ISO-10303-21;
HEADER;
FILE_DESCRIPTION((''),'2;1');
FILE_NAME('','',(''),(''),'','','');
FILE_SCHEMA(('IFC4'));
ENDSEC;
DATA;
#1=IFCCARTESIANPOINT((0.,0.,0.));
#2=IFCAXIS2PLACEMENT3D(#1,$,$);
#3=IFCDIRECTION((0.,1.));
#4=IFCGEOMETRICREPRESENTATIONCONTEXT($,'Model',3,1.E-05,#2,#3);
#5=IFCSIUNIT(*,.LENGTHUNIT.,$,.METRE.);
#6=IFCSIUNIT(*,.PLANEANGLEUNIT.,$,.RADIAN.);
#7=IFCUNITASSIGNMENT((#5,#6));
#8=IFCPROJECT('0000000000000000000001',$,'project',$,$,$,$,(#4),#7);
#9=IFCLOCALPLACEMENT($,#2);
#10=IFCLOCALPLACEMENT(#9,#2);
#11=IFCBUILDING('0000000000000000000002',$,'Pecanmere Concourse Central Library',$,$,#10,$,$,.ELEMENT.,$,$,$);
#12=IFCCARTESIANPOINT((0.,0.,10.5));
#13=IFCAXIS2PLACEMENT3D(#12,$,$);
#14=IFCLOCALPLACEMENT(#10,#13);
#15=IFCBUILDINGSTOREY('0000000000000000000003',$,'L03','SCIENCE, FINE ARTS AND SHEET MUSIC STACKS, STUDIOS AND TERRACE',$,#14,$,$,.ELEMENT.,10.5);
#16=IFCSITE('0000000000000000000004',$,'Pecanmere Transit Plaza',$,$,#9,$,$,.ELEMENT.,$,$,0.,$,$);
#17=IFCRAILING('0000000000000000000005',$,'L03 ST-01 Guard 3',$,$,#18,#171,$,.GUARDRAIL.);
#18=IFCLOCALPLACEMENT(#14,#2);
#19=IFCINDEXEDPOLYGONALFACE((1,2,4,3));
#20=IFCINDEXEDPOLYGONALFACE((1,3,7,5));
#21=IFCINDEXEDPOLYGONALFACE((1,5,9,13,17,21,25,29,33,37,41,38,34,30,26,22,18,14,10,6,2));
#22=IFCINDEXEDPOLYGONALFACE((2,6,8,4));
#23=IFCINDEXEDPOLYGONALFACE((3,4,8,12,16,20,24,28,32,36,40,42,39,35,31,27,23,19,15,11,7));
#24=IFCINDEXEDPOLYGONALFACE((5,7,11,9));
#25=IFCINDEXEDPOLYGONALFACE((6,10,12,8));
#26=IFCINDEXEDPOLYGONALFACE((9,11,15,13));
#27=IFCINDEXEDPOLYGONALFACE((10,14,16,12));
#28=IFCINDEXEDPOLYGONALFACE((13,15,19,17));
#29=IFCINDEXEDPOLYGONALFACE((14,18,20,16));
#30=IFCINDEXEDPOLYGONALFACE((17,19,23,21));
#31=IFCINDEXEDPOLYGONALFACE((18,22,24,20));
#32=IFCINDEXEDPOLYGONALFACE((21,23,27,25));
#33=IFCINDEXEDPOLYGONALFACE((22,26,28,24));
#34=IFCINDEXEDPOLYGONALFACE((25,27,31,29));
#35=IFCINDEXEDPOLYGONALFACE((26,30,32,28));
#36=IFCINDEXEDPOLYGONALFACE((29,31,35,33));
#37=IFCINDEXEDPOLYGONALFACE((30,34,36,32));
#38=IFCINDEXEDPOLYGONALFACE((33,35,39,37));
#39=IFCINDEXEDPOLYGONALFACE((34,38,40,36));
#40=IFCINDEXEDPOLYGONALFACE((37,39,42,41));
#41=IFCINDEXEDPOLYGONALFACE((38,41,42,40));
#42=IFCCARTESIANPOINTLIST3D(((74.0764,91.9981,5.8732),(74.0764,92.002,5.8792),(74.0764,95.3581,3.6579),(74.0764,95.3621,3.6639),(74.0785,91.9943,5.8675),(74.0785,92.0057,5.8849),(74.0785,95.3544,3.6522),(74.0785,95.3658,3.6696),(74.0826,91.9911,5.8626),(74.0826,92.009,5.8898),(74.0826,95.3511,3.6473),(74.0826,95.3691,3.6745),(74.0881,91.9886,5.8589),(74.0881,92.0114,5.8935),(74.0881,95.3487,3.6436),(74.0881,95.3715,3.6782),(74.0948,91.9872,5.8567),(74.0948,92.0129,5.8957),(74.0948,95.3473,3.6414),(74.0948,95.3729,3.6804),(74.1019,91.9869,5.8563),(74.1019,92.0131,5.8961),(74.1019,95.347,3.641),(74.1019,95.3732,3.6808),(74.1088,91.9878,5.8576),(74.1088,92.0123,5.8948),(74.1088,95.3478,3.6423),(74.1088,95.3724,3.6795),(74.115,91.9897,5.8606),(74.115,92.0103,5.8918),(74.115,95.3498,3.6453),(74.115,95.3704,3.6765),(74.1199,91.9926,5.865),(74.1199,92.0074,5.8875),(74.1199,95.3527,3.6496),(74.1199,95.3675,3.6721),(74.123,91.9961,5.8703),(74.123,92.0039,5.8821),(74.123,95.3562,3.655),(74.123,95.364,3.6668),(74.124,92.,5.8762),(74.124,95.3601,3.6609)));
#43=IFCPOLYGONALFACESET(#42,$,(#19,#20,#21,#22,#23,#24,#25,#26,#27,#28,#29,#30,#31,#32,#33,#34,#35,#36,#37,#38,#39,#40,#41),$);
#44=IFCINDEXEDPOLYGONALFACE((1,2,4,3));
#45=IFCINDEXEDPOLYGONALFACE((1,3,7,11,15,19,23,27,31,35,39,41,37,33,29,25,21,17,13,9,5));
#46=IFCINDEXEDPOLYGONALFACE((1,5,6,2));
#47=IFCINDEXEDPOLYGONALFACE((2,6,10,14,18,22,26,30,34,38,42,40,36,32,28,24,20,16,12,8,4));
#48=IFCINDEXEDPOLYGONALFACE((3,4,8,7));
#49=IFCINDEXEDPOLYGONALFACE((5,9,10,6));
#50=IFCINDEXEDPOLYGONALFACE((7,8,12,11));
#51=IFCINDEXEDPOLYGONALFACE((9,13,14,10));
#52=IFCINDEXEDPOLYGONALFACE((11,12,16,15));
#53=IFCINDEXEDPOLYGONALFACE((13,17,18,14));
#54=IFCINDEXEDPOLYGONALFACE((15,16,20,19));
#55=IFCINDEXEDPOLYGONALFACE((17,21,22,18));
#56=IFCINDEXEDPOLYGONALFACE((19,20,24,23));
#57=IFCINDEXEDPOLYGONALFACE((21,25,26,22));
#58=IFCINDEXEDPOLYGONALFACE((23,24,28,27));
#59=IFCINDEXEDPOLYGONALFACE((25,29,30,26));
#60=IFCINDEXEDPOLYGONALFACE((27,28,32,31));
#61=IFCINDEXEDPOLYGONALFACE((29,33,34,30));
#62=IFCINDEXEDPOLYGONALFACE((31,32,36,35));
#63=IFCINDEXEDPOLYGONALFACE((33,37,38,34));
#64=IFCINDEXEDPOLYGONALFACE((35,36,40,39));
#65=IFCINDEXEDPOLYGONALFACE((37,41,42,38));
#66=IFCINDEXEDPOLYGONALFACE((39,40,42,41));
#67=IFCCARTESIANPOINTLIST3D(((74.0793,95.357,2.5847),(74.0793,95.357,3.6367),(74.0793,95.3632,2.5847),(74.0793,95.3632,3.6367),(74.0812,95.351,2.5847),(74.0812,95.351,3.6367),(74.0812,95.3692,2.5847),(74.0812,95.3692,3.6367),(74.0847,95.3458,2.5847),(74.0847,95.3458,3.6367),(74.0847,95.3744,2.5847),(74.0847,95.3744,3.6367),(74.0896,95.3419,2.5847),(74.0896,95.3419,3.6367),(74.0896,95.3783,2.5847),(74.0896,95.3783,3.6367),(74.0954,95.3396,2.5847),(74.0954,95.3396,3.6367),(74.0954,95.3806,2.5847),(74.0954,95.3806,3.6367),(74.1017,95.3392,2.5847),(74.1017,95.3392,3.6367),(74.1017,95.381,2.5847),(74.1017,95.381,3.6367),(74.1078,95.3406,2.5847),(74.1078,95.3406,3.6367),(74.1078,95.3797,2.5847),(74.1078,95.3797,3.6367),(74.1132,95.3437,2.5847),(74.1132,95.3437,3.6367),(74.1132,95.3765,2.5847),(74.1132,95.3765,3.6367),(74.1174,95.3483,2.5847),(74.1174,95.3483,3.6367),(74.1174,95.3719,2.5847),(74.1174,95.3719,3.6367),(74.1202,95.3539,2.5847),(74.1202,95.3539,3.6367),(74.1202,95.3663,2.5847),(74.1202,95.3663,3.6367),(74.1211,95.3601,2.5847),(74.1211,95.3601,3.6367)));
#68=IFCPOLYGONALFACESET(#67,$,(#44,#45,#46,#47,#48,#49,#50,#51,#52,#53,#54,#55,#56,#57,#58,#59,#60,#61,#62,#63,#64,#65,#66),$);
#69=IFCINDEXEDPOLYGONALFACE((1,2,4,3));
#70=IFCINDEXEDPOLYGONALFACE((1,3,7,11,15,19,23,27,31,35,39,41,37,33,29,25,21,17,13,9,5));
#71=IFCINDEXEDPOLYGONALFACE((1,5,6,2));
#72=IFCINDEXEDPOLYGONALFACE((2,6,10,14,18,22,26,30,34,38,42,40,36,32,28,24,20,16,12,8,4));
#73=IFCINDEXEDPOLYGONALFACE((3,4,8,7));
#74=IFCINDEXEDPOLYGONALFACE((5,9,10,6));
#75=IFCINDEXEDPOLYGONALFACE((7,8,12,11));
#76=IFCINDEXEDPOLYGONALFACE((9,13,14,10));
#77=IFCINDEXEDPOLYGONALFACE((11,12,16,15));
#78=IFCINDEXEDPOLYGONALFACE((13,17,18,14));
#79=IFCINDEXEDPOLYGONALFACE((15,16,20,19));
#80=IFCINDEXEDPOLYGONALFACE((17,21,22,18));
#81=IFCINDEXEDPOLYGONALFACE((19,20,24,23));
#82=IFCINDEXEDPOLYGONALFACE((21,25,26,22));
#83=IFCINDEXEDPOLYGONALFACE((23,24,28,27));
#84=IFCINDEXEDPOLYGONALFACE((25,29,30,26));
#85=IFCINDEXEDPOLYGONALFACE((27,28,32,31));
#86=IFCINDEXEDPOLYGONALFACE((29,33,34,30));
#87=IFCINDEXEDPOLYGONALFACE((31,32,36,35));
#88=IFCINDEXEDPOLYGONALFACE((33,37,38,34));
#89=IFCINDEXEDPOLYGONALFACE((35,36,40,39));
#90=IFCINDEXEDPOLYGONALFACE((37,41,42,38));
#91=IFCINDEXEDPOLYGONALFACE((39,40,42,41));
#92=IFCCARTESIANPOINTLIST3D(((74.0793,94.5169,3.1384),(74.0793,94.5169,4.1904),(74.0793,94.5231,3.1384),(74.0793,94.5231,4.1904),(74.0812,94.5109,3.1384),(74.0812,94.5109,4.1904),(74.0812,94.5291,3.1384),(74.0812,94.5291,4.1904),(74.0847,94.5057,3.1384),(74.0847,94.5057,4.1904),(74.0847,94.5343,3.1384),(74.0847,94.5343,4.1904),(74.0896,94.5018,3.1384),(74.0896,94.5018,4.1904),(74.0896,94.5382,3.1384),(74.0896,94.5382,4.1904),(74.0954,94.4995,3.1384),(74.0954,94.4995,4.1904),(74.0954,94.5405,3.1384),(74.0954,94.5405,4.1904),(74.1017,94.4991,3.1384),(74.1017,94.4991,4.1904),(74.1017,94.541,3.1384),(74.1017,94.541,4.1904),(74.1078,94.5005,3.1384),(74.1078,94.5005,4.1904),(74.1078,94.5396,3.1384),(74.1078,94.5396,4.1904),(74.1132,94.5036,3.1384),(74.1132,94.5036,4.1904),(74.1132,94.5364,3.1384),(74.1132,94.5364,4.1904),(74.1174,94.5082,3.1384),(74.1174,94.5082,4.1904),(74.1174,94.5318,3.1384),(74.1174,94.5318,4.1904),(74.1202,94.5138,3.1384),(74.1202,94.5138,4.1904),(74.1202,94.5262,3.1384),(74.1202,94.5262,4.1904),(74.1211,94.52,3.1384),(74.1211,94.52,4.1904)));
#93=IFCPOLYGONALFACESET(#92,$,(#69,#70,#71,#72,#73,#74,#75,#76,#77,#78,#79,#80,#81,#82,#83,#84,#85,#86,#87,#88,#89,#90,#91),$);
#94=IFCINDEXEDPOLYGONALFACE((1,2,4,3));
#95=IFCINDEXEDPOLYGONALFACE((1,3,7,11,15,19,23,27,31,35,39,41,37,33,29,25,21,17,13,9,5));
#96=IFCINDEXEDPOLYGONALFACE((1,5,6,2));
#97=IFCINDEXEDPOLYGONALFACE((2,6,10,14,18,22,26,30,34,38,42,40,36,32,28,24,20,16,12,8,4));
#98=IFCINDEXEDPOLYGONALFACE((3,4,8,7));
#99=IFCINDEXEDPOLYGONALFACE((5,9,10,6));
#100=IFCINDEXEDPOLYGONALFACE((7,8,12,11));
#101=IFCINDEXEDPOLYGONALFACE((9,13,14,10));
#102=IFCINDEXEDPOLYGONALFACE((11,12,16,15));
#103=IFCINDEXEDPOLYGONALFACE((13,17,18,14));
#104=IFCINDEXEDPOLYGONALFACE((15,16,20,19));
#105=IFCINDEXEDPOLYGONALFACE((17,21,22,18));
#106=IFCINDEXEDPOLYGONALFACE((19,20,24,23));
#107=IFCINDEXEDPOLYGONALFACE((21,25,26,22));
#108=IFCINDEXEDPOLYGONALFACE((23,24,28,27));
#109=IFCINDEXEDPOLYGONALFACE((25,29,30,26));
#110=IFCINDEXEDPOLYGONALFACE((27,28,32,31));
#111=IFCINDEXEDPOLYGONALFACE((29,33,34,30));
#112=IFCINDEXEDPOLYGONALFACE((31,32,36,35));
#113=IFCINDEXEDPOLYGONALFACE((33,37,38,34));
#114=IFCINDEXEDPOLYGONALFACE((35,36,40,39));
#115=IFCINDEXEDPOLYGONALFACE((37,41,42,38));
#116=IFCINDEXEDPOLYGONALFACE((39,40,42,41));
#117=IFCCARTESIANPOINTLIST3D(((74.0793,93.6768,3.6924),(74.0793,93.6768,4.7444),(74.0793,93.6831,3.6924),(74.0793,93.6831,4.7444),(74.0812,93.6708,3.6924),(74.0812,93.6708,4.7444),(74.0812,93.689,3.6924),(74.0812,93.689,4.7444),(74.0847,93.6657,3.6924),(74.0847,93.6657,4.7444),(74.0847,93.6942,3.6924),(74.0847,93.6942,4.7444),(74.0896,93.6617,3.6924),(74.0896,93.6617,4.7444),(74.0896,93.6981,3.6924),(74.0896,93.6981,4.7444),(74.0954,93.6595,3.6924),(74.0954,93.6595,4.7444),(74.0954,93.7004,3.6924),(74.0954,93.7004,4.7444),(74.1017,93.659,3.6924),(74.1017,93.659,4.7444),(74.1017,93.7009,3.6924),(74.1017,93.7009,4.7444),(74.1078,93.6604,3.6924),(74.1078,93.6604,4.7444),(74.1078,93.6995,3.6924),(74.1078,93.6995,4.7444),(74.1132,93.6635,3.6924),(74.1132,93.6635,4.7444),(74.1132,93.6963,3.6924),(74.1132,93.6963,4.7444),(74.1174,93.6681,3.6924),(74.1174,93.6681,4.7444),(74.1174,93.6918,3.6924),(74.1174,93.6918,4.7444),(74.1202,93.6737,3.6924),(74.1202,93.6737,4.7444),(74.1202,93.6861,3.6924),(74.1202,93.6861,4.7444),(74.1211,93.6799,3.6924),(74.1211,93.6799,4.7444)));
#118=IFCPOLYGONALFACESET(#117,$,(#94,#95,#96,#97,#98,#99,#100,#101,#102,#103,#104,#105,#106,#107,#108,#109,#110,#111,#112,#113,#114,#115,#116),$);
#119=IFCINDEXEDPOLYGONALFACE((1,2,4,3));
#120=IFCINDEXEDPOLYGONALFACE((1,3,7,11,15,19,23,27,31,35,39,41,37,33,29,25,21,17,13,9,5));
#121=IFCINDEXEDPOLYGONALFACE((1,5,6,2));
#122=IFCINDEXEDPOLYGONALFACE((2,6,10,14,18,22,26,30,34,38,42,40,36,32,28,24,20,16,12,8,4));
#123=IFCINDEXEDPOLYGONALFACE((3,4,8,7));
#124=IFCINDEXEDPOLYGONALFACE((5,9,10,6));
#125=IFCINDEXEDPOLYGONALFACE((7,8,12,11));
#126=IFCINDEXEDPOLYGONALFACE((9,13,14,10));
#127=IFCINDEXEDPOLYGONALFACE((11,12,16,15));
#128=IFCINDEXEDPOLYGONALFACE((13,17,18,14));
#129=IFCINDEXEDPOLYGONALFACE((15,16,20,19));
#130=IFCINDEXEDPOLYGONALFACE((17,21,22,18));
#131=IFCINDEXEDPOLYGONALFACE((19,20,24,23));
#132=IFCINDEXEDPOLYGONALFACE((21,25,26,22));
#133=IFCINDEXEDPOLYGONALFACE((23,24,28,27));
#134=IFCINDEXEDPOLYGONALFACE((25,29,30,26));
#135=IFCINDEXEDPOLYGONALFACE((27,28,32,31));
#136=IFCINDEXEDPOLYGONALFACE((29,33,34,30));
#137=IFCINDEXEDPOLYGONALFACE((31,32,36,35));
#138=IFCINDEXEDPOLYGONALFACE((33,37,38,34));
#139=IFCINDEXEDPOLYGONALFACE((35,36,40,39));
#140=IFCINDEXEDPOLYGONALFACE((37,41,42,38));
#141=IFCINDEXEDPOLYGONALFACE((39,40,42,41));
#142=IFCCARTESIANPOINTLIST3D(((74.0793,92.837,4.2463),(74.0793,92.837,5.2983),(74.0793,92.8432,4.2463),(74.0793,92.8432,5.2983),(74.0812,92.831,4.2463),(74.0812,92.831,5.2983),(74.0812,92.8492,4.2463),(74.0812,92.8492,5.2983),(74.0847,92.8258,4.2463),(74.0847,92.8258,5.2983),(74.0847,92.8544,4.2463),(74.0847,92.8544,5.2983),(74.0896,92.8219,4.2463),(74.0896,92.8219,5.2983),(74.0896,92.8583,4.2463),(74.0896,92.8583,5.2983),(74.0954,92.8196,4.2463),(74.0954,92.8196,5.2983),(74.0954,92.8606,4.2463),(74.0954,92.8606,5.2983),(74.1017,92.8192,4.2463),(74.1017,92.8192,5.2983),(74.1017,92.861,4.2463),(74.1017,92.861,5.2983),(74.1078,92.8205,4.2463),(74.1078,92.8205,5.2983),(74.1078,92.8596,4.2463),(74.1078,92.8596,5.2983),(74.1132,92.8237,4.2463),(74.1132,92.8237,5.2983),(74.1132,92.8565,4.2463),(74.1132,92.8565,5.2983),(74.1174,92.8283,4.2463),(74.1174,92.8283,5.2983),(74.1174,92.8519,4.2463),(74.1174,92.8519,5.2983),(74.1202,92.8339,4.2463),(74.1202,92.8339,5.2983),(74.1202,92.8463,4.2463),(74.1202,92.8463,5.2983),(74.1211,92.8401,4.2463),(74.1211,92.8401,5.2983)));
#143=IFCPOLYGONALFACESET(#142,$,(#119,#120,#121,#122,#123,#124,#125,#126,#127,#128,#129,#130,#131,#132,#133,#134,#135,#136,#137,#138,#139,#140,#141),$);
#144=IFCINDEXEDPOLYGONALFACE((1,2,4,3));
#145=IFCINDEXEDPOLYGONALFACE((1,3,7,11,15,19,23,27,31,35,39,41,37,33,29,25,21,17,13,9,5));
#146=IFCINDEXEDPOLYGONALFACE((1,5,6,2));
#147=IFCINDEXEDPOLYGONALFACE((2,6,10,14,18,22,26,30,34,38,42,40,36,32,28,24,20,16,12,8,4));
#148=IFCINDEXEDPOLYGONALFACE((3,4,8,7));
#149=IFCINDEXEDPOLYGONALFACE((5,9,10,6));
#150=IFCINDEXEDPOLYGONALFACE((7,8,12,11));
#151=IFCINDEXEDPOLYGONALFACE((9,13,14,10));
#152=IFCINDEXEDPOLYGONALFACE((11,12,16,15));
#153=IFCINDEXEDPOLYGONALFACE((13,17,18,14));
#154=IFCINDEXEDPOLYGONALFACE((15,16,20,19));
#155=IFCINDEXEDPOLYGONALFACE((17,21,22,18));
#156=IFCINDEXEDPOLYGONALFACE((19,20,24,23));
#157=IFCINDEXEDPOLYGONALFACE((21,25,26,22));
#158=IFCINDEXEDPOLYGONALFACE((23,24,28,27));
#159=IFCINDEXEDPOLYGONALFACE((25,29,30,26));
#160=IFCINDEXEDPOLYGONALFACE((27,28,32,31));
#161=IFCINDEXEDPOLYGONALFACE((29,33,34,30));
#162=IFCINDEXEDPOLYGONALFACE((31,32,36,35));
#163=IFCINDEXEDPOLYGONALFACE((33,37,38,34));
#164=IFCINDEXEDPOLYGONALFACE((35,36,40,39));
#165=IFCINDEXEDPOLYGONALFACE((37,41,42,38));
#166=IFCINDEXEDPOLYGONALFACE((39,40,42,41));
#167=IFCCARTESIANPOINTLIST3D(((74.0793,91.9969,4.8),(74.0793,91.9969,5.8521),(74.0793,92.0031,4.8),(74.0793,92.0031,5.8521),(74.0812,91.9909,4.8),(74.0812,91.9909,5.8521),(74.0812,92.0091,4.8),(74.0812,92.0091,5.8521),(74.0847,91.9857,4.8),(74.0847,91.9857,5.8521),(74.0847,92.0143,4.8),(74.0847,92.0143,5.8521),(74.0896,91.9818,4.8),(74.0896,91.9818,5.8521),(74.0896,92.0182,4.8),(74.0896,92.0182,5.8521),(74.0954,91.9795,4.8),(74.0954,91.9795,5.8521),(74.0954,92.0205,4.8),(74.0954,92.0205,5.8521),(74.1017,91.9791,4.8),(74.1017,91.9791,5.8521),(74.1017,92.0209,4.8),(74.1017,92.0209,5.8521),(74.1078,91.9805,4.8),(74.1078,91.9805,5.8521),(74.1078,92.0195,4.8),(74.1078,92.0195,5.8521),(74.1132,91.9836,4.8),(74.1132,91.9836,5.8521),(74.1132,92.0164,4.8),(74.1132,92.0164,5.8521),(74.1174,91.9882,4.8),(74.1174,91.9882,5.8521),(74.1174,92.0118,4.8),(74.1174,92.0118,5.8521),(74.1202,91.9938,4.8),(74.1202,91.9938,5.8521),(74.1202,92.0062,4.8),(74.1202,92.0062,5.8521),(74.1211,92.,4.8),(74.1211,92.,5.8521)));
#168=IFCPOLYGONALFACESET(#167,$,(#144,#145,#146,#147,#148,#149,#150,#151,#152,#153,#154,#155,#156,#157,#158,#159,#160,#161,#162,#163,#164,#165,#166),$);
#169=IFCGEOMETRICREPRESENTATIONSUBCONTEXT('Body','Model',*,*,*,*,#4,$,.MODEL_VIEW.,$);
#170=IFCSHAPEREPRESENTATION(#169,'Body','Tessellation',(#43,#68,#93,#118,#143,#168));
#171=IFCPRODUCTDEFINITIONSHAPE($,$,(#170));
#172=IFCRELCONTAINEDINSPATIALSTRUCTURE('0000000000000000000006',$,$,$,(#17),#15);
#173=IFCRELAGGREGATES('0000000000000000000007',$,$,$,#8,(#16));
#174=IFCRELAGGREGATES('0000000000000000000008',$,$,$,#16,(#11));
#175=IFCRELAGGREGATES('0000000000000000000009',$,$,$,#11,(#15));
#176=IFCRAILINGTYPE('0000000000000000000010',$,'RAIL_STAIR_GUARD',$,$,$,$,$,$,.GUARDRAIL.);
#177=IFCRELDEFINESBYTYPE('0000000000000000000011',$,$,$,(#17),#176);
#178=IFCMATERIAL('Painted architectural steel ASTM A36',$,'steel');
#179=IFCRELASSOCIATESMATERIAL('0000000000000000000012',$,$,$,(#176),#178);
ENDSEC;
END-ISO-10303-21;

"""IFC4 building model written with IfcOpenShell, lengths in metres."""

from ifc_helpers import new_model, si_unit, direction, frame, origin, origin_2d, place, context, subcontext, project, spatial, circle, extrude, material, type_object, element, save


model = new_model("IFC4")

# Units and contexts
model_context = context("Model", 3, precision=1e-05, world=origin(), true_north=direction((0.0, 1.0)))
body_context = subcontext(model_context, "Body", "Model", "MODEL_VIEW")
ifc_project = project(units=[si_unit("LENGTHUNIT", "METRE"), si_unit("PLANEANGLEUNIT", "RADIAN")], contexts=[model_context])

# Site, building, storey
site_placement = place(None, origin())
site = spatial("IfcSite", under=ifc_project, at=site_placement, Name="Pecanmere Transit Plaza", CompositionType="ELEMENT", RefElevation=0.0)
building_placement = place(site_placement, origin())
building = spatial("IfcBuilding", under=site, at=building_placement, Name="Pecanmere Concourse Central Library", CompositionType="ELEMENT")
storey_placement = place(building_placement, frame((0.0, 0.0, 10.5)))
storey = spatial("IfcBuildingStorey", under=building, at=storey_placement, Name="L03", Description="SCIENCE, FINE ARTS AND SHEET MUSIC STACKS, STUDIOS AND TERRACE", CompositionType="ELEMENT", Elevation=10.5)

# Railing
ifc_material_1 = material(Name="Painted architectural steel ASTM A36", Category="steel")
railing_type_1 = type_object("IfcRailingType", Name="RAIL_STAIR_GUARD", PredefinedType="GUARDRAIL", material=ifc_material_1)
railing_1_placement = place(storey_placement, frame((74.1001, 95.3601, 2.5847)))
element("IfcRailing", 1, at=railing_1_placement, inside=storey, type_object=railing_type_1, Name="L03 ST-01 Guard 3", PredefinedType="GUARDRAIL", context=body_context, shape_type="SweptSolid", body=[
    extrude(circle(Radius=0.0239, at=origin_2d()), frame((0.0, 0.0, 1.0762), z_axis=(0.0, -0.834876, 0.550437), x_axis=(1.0, 0.0, 0.0)), (0.0, 0.0, 1.0), 4.0247),
    extrude(circle(Radius=0.021, at=origin_2d()), origin(), (0.0, 0.0, 1.0), 1.052),
    extrude(circle(Radius=0.021, at=origin_2d()), frame((0.0, -0.8401, 0.5537)), (0.0, 0.0, 1.0), 1.052),
    extrude(circle(Radius=0.021, at=origin_2d()), frame((0.0, -1.6802, 1.1077)), (0.0, 0.0, 1.0), 1.052),
    extrude(circle(Radius=0.021, at=origin_2d()), frame((0.0, -2.52, 1.6616)), (0.0, 0.0, 1.0), 1.052),
    extrude(circle(Radius=0.021, at=origin_2d()), frame((0.0, -3.3601, 2.2153)), (0.0, 0.0, 1.0), 1.052),
])

save(model, "model.ifc")
